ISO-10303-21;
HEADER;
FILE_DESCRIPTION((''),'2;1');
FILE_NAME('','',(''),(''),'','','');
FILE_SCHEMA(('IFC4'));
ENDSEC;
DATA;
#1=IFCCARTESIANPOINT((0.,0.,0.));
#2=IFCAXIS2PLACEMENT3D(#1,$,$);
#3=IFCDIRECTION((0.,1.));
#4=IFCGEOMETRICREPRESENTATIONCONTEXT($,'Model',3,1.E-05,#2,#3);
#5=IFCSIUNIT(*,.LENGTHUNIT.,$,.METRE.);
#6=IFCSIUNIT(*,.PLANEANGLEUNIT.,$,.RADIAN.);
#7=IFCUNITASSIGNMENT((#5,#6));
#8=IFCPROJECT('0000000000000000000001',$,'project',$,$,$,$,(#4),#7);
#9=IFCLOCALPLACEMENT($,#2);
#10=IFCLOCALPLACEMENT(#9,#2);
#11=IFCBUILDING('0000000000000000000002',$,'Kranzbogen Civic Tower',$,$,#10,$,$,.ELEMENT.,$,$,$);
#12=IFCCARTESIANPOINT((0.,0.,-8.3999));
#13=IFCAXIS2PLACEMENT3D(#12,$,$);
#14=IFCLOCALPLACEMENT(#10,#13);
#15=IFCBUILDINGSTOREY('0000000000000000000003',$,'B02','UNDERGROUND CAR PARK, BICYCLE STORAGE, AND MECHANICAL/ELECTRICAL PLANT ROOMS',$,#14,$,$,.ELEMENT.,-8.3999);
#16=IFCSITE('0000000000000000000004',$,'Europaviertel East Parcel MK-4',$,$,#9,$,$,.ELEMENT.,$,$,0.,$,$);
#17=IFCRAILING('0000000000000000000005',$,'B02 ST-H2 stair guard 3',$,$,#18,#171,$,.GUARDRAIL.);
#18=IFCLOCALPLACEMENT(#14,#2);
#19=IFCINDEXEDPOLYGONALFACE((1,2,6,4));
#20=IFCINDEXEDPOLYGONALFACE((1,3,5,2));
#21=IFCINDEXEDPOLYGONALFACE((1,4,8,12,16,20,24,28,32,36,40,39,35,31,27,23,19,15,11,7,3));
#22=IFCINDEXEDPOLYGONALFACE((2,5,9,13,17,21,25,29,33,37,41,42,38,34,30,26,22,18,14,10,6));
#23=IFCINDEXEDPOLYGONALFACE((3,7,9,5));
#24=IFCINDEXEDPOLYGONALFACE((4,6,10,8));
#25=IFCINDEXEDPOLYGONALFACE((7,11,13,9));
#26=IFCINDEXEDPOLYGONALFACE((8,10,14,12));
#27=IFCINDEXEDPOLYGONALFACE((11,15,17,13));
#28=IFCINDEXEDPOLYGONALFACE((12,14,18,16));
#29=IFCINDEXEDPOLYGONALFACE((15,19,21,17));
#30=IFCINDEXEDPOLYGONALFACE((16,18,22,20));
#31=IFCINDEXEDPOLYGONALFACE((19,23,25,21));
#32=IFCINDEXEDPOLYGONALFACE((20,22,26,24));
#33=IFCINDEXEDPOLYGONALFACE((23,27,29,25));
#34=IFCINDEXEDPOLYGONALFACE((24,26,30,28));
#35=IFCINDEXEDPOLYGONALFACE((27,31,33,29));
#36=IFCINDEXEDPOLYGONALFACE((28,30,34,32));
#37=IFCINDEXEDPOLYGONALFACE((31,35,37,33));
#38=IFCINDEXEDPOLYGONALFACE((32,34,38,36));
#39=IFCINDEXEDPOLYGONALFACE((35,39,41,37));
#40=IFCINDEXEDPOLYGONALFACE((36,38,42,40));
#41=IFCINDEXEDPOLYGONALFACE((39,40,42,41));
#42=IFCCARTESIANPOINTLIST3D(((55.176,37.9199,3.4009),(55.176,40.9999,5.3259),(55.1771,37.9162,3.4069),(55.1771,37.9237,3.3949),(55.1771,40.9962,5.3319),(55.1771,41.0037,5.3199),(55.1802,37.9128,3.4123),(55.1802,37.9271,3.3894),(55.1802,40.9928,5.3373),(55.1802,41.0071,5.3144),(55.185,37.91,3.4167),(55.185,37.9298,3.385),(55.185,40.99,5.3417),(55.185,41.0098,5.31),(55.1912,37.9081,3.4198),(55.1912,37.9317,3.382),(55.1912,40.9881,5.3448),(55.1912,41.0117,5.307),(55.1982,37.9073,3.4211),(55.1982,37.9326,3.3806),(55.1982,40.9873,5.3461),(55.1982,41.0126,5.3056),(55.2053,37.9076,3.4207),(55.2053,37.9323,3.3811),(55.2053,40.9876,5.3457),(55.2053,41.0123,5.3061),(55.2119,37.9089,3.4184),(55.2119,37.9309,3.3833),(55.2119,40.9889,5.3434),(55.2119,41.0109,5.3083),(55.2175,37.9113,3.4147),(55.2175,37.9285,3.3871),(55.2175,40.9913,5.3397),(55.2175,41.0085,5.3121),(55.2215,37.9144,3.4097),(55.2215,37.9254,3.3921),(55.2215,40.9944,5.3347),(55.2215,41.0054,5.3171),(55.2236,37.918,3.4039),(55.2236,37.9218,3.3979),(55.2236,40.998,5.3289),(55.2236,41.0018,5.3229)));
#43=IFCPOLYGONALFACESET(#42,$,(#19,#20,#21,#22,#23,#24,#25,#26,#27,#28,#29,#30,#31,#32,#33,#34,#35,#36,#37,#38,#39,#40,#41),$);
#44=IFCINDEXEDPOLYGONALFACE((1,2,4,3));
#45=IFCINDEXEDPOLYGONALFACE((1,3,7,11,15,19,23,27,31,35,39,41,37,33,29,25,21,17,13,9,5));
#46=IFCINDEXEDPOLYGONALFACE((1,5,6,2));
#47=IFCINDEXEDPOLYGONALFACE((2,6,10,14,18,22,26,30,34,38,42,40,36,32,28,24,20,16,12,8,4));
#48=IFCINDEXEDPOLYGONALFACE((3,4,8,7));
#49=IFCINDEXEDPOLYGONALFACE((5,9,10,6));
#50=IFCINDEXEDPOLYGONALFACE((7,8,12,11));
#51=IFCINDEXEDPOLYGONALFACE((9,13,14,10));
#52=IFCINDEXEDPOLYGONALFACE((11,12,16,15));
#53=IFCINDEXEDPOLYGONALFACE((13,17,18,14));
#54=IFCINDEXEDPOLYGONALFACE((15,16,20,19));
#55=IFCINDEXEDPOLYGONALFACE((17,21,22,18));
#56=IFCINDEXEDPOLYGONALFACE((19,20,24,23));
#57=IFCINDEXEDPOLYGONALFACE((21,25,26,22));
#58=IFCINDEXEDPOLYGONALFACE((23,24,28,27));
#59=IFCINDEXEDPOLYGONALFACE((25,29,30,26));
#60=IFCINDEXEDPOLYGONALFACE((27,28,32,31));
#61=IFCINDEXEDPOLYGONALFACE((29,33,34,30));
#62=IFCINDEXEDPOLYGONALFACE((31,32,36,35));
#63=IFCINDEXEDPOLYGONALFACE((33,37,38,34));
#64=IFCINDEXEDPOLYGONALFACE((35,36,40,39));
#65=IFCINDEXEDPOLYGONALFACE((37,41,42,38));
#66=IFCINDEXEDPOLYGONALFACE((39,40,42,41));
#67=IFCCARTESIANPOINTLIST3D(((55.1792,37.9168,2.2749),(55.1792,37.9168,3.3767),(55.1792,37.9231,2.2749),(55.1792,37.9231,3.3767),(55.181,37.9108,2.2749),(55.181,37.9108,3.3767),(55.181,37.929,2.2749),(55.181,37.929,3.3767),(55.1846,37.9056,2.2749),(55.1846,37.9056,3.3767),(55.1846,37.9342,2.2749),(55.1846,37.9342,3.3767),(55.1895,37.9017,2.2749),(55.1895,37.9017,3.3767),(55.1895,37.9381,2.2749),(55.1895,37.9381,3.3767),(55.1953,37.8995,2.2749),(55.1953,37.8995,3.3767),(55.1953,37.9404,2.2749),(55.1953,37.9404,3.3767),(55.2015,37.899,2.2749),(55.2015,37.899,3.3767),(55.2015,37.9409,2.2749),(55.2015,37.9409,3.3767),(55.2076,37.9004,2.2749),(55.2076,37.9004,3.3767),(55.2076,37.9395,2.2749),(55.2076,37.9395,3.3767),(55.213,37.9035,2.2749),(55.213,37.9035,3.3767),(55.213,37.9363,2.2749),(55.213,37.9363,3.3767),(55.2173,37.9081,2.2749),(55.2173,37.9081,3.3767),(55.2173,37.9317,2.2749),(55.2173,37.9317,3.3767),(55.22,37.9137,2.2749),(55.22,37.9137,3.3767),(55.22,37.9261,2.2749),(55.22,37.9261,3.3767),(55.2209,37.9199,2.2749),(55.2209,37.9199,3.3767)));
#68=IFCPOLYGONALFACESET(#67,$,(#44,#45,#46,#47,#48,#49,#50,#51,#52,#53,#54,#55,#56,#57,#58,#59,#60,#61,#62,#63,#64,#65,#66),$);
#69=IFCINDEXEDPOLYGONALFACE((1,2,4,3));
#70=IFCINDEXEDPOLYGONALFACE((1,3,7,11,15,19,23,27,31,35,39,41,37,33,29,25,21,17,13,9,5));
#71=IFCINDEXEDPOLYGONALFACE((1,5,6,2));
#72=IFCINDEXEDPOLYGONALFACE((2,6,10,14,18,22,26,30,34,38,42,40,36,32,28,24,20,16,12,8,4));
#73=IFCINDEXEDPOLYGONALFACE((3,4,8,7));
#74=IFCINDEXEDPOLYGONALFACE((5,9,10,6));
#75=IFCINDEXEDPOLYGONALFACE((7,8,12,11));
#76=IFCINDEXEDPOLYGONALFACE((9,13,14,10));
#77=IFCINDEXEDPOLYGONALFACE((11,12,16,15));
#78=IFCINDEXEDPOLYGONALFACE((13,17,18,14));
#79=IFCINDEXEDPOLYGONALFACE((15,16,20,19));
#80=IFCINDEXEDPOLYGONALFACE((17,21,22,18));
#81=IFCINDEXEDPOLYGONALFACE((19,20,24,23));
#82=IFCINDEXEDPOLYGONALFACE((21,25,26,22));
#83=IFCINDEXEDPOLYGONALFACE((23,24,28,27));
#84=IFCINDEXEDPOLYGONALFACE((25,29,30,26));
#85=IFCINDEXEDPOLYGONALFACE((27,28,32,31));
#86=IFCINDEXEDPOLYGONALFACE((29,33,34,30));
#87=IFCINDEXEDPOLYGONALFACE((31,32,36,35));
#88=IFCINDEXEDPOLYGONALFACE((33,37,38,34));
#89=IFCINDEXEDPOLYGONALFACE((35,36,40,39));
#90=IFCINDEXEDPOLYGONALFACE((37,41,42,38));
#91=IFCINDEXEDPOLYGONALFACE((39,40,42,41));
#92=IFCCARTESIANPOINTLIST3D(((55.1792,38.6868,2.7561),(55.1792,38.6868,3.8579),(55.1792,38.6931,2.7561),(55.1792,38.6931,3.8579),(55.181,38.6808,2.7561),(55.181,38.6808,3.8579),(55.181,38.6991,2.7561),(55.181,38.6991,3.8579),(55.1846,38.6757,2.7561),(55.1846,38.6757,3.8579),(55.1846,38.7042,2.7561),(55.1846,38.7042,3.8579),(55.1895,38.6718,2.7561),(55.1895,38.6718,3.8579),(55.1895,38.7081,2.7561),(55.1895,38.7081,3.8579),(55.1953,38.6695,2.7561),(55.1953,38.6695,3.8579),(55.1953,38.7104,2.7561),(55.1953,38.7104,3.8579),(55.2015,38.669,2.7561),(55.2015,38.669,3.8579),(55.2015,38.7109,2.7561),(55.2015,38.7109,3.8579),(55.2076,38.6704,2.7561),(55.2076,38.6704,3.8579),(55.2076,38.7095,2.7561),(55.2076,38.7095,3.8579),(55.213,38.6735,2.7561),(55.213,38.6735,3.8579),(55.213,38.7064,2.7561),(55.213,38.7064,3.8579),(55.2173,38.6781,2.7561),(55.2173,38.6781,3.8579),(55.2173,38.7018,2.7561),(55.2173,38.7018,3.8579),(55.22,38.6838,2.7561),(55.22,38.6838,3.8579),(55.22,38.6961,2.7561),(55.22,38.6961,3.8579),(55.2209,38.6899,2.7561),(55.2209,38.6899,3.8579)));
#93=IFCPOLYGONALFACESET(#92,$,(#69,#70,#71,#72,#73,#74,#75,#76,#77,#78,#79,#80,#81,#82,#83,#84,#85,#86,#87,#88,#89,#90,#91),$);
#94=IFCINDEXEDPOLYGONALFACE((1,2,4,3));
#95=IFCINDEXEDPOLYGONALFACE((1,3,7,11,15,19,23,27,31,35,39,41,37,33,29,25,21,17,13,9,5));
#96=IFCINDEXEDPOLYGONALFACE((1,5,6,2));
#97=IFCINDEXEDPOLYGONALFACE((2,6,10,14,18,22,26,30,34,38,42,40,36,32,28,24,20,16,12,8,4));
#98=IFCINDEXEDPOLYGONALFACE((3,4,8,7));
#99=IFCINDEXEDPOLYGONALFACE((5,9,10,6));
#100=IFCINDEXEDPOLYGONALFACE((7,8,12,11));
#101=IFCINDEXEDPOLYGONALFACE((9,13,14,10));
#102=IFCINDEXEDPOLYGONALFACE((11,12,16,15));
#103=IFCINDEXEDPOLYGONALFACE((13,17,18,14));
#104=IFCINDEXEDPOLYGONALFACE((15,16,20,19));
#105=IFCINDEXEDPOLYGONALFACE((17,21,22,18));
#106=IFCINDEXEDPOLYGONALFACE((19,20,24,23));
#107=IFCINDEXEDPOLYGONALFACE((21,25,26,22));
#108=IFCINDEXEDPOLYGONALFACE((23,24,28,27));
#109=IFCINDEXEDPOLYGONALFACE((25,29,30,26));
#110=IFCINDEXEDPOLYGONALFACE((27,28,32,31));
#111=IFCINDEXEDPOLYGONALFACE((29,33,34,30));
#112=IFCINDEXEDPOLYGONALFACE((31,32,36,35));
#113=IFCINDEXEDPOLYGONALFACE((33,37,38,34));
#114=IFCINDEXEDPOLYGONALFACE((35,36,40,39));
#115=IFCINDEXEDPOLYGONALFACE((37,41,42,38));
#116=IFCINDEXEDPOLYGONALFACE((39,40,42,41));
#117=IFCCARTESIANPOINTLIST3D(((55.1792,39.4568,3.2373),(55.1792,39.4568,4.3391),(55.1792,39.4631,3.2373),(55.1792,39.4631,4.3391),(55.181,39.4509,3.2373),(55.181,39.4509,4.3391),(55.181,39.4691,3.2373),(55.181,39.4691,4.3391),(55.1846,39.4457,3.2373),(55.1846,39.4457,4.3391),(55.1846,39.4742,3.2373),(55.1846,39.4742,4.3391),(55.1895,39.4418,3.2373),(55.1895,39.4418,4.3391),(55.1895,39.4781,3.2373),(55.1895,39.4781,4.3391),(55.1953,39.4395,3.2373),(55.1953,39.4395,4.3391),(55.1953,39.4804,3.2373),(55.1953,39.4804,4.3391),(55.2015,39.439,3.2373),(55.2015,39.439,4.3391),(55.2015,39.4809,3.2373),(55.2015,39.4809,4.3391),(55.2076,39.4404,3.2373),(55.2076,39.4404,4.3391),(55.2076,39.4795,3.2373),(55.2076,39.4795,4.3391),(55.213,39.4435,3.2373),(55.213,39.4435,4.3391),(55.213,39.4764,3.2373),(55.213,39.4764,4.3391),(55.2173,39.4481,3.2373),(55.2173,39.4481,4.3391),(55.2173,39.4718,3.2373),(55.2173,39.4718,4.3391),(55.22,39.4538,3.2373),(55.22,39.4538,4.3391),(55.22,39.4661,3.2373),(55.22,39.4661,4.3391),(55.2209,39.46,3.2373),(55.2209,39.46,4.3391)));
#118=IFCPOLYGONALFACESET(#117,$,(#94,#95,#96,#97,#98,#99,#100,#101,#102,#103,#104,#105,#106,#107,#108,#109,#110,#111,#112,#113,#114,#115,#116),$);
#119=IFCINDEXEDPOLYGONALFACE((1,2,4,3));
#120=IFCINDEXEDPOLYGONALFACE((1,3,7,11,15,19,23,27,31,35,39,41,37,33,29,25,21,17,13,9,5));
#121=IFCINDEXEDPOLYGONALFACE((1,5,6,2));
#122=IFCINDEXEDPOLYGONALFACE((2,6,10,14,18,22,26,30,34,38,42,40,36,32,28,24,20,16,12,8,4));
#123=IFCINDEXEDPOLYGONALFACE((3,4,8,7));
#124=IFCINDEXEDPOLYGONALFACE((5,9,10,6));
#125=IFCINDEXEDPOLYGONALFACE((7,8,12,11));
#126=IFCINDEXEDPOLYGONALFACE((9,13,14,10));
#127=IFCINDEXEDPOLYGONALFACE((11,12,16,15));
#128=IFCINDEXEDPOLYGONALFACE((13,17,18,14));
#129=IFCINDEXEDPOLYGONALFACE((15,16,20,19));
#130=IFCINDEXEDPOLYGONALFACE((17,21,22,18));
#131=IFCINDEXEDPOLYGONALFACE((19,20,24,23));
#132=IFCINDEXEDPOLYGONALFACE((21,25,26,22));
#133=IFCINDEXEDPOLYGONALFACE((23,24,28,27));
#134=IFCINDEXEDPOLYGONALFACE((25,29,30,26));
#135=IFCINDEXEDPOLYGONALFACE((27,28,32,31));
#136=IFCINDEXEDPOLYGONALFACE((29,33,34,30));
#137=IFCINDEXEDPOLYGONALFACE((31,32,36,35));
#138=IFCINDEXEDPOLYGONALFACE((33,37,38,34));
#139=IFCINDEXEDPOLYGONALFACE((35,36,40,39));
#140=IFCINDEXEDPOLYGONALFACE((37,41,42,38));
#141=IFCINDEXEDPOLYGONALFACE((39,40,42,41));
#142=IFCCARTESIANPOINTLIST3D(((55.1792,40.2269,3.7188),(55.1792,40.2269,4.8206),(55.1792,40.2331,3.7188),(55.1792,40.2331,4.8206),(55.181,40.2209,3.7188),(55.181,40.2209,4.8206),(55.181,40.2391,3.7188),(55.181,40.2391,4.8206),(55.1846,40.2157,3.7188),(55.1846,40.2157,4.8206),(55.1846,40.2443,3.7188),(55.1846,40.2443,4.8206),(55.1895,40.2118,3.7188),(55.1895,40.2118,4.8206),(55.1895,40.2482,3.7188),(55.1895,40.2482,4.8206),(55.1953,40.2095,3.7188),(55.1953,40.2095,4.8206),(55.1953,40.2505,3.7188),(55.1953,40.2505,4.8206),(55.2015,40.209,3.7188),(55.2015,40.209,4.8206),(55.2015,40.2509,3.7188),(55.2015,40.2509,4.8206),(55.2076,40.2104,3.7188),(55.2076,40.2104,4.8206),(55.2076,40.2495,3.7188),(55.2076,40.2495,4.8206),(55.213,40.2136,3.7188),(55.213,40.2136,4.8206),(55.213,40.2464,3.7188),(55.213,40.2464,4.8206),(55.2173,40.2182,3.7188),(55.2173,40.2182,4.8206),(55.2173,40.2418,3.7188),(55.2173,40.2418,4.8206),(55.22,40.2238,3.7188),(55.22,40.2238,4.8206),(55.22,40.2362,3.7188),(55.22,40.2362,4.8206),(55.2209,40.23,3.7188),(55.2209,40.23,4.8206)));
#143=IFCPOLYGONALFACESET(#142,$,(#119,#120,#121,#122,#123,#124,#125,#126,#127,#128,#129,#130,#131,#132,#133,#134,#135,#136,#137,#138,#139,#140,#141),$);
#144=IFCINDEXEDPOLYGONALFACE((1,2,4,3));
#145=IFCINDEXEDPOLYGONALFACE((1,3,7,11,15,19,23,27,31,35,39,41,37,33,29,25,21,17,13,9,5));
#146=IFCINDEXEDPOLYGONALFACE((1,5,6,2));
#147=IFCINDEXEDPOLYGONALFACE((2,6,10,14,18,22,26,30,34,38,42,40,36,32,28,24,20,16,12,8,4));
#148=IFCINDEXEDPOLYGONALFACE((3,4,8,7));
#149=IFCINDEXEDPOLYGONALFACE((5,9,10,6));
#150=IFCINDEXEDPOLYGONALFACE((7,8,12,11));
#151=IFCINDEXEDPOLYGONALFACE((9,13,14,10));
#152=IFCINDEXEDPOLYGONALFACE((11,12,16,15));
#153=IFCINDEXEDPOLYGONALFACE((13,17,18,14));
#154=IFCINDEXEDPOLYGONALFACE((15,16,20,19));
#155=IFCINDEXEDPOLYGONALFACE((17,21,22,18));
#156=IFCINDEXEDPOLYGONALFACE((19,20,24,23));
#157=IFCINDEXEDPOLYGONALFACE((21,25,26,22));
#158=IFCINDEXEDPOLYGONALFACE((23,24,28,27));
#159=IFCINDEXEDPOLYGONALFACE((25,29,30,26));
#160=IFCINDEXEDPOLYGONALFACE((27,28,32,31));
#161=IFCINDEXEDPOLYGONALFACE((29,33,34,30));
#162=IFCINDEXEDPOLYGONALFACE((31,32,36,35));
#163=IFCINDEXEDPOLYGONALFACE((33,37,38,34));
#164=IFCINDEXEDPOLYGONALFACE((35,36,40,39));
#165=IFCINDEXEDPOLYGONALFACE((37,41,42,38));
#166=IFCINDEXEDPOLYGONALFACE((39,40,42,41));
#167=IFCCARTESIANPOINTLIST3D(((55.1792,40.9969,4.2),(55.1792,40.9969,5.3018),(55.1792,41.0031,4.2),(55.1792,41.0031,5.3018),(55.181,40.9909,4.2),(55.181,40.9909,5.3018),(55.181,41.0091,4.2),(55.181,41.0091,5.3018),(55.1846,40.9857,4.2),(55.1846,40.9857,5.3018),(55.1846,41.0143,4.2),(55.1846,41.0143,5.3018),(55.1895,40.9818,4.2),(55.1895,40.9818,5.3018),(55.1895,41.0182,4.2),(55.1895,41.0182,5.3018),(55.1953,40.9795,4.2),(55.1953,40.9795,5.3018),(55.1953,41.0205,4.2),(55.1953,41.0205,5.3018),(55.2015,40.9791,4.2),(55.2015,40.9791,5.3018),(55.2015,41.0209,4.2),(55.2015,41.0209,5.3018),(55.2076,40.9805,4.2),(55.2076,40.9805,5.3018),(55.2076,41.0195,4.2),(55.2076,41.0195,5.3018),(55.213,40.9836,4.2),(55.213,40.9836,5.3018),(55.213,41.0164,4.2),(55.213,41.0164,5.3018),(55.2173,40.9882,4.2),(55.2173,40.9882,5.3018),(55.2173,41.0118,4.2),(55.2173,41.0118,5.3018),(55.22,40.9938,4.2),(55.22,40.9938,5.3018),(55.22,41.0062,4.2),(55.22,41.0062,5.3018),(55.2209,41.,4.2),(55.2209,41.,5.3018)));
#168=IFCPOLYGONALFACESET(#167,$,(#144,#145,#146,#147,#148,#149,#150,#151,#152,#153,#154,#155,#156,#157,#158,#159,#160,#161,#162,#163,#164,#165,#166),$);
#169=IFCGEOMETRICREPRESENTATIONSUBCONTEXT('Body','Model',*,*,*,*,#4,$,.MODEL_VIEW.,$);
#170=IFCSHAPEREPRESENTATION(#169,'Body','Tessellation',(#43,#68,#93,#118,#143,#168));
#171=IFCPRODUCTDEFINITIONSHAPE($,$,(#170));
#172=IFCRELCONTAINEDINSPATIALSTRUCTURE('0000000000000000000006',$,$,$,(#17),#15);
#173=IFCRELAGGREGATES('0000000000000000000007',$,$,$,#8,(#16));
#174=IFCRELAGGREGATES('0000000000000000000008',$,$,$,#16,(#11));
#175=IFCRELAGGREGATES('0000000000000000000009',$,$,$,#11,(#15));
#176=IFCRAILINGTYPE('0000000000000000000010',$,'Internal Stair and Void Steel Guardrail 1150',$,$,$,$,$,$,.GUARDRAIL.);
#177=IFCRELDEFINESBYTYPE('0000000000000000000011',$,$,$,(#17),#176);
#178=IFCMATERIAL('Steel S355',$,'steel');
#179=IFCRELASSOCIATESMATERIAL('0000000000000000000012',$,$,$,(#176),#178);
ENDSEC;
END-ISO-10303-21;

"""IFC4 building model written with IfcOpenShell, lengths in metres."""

from ifc_helpers import new_model, si_unit, direction, frame, origin, origin_2d, place, context, subcontext, project, spatial, circle, extrude, material, type_object, element, save


model = new_model("IFC4")

# Units and contexts
model_context = context("Model", 3, precision=1e-05, world=origin(), true_north=direction((0.0, 1.0)))
body_context = subcontext(model_context, "Body", "Model", "MODEL_VIEW")
ifc_project = project(units=[si_unit("LENGTHUNIT", "METRE"), si_unit("PLANEANGLEUNIT", "RADIAN")], contexts=[model_context])

# Site, building, storey
site_placement = place(None, origin())
site = spatial("IfcSite", under=ifc_project, at=site_placement, Name="Europaviertel East Parcel MK-4", CompositionType="ELEMENT", RefElevation=0.0)
building_placement = place(site_placement, origin())
building = spatial("IfcBuilding", under=site, at=building_placement, Name="Kranzbogen Civic Tower", CompositionType="ELEMENT")
storey_placement = place(building_placement, frame((0.0, 0.0, -8.3999)))
storey = spatial("IfcBuildingStorey", under=building, at=storey_placement, Name="B02", Description="UNDERGROUND CAR PARK, BICYCLE STORAGE, AND MECHANICAL/ELECTRICAL PLANT ROOMS", CompositionType="ELEMENT", Elevation=-8.3999)

# Shared definitions
ifc_material_1 = material(Name="Steel S355", Category="steel")

# Railing
railing_type_1 = type_object("IfcRailingType", Name="Internal Stair and Void Steel Guardrail 1150", PredefinedType="GUARDRAIL", material=ifc_material_1)
railing_1_placement = place(storey_placement, frame((55.2, 37.9199, 2.2749)))
element("IfcRailing", 1, at=railing_1_placement, inside=storey, type_object=railing_type_1, Name="B02 ST-H2 stair guard 3", PredefinedType="GUARDRAIL", context=body_context, shape_type="SweptSolid", body=[
    extrude(circle(Radius=0.0239, at=origin_2d()), frame((0.0, 0.0, 1.126), z_axis=(0.0, 0.847998, 0.529999), x_axis=(-1.0, 0.0, 0.0)), (0.0, 0.0, 1.0), 3.6321),
    extrude(circle(Radius=0.021, at=origin_2d()), origin(), (0.0, 0.0, 1.0), 1.1018),
    extrude(circle(Radius=0.021, at=origin_2d()), frame((0.0, 0.77, 0.4812)), (0.0, 0.0, 1.0), 1.1018),
    extrude(circle(Radius=0.021, at=origin_2d()), frame((0.0, 1.54, 0.9624)), (0.0, 0.0, 1.0), 1.1018),
    extrude(circle(Radius=0.021, at=origin_2d()), frame((0.0, 2.3101, 1.4438)), (0.0, 0.0, 1.0), 1.1018),
    extrude(circle(Radius=0.021, at=origin_2d()), frame((0.0, 3.0801, 1.925)), (0.0, 0.0, 1.0), 1.1018),
])

save(model, "model.ifc")
